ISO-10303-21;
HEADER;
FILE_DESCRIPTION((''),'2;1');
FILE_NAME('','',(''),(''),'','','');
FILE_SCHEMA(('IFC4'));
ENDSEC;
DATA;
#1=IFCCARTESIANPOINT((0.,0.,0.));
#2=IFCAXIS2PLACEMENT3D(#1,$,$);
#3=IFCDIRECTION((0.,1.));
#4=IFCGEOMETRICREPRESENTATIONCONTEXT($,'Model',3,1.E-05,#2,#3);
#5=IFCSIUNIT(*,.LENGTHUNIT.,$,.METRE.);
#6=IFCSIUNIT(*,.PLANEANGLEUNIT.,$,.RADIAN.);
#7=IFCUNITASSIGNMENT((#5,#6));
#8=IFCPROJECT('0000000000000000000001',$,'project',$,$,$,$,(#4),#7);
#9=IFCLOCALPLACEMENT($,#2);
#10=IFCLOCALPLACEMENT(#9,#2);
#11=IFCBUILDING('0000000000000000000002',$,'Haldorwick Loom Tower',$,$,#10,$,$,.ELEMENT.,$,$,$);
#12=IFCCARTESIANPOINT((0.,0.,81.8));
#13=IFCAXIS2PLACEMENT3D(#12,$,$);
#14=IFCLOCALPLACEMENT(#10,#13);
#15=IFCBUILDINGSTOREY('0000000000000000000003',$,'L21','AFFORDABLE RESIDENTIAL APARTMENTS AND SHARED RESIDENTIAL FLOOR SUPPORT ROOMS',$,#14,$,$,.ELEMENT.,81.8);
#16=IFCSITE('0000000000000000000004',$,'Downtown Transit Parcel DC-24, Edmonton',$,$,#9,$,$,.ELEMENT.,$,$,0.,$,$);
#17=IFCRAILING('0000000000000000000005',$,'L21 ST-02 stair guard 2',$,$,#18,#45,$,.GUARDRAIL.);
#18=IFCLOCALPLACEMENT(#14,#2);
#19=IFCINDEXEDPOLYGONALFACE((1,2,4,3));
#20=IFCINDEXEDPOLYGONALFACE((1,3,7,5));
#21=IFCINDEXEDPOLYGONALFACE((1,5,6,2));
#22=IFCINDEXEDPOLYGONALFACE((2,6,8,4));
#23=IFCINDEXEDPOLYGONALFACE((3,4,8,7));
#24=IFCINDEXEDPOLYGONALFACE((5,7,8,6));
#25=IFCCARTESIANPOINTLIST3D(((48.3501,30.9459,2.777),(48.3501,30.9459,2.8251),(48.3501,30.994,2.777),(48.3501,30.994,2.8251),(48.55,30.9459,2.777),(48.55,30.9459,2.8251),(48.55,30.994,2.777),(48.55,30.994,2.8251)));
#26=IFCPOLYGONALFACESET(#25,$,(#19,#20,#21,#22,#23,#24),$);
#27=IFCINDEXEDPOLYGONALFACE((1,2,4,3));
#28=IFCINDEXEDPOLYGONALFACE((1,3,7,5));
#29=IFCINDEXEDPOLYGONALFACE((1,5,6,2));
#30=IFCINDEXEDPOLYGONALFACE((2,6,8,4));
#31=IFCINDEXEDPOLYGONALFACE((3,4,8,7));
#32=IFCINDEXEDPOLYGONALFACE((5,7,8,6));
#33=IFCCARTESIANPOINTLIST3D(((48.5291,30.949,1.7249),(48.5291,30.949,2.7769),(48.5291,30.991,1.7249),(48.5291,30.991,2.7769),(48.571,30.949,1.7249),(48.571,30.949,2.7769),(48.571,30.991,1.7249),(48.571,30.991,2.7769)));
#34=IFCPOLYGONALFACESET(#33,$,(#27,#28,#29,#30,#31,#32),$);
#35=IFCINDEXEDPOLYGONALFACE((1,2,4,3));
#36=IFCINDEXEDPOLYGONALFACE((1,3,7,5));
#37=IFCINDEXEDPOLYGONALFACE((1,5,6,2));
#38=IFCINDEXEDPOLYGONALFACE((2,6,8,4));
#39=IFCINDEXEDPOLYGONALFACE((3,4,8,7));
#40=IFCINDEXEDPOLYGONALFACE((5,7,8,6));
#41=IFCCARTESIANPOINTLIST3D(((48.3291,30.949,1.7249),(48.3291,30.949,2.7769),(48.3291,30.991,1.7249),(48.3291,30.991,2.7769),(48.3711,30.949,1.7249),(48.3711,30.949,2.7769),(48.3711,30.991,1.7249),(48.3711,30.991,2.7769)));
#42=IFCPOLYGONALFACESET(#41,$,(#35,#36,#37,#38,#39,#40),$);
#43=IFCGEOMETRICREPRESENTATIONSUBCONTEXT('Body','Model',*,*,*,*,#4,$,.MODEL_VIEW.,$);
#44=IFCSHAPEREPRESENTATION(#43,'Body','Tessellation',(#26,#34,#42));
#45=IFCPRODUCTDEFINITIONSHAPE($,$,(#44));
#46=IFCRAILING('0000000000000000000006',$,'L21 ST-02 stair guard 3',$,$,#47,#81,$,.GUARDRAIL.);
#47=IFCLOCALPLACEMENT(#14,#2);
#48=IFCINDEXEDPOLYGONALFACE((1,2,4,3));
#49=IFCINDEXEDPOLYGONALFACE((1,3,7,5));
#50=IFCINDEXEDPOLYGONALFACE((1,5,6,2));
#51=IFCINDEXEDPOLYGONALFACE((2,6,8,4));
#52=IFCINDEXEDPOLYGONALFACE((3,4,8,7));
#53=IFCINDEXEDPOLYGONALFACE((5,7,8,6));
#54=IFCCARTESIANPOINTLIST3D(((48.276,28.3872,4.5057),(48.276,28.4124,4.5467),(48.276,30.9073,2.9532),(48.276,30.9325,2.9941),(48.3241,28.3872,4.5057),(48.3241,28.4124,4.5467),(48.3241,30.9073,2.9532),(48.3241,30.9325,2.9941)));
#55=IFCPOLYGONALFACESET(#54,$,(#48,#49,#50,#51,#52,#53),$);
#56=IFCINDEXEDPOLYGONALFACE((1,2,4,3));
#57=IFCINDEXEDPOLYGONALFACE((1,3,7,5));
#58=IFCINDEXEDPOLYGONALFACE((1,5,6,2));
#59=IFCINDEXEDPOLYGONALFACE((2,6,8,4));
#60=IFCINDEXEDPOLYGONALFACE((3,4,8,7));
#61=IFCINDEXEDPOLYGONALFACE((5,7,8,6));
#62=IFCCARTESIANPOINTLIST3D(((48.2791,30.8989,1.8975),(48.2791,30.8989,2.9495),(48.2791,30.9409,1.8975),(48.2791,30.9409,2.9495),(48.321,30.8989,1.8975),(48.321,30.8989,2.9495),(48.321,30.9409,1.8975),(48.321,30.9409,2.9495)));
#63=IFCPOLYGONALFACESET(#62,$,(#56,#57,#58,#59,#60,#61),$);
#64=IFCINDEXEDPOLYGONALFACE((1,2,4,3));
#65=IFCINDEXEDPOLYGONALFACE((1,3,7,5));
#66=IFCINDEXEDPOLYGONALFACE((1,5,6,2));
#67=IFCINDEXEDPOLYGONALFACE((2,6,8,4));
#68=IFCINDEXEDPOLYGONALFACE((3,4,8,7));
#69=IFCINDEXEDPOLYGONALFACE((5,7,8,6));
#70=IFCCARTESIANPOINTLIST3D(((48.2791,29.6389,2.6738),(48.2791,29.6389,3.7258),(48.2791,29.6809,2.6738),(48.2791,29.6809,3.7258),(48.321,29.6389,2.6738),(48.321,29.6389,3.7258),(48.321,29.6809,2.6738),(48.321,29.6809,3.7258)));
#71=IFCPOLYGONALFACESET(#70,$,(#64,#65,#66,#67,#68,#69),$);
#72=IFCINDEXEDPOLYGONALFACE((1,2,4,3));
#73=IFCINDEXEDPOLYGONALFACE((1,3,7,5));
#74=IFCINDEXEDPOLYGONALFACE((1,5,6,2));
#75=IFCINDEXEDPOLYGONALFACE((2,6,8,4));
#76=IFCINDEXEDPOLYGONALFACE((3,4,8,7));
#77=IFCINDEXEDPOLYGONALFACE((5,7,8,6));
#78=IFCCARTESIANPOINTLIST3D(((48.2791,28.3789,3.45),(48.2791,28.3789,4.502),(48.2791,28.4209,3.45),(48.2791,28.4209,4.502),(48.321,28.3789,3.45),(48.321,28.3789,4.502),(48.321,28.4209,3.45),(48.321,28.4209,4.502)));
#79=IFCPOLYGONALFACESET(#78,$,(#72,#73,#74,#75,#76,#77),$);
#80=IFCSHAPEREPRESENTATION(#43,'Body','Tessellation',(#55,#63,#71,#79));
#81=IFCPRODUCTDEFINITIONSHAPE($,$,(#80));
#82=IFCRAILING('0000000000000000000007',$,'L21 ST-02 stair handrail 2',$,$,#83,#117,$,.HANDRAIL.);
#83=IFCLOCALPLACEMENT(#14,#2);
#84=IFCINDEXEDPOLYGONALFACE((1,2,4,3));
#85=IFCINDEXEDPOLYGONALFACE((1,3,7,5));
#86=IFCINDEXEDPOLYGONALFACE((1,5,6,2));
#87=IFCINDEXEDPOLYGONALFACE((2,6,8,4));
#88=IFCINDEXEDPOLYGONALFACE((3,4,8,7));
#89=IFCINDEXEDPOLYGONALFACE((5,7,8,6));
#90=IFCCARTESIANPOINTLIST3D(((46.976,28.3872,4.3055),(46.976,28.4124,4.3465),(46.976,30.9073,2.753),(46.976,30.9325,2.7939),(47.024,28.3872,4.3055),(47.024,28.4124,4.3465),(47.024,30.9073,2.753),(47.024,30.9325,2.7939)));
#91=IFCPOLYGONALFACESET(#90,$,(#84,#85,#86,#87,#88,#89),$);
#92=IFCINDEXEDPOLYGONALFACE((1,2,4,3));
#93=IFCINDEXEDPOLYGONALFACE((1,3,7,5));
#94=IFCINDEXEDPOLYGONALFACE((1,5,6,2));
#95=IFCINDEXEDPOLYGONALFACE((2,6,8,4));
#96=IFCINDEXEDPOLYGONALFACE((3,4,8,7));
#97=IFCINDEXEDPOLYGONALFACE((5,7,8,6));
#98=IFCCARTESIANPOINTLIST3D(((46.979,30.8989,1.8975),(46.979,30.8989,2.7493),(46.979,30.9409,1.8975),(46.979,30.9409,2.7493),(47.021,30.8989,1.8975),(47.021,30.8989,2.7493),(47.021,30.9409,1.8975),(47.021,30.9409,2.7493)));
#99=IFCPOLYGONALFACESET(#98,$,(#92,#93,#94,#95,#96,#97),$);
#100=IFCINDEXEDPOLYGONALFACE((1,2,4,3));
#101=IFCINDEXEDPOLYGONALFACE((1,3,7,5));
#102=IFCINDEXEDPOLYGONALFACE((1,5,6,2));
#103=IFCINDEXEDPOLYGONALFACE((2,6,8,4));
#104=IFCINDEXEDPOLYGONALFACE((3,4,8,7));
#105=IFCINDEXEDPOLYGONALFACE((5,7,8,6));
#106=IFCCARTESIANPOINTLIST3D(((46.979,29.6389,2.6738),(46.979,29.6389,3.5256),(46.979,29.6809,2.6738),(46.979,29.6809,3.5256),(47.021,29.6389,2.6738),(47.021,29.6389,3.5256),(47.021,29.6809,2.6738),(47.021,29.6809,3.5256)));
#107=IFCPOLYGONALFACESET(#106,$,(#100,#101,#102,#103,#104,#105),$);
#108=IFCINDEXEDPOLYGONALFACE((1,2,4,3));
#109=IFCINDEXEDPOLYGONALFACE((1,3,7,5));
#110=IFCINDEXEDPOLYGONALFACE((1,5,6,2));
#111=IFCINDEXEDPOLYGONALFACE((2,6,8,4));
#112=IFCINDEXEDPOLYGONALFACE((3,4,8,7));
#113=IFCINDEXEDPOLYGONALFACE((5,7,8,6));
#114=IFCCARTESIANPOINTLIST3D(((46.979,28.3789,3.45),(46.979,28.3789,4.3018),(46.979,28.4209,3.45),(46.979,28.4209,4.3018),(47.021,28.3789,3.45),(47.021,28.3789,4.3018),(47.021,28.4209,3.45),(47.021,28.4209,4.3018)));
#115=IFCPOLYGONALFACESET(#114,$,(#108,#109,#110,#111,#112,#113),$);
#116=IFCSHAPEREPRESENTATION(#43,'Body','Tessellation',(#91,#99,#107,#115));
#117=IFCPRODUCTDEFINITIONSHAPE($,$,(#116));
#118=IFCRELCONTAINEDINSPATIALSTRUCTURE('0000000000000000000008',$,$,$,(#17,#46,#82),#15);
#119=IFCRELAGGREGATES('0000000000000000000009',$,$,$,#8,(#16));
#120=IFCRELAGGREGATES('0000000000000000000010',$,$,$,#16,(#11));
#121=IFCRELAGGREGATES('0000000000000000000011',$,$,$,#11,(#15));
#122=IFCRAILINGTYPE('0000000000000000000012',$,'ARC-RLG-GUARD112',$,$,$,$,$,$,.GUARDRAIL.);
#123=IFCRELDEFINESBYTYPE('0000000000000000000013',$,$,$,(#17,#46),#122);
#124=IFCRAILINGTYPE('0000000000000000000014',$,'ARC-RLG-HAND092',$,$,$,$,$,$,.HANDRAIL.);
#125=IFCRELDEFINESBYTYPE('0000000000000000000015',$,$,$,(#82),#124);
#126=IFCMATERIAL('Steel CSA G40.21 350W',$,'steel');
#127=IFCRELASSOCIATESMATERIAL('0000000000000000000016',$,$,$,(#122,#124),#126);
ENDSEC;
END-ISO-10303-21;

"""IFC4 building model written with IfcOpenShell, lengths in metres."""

from ifc_helpers import new_model, si_unit, direction, frame, origin, origin_2d, place, context, subcontext, project, spatial, rectangle, extrude, material, type_object, element, save


model = new_model("IFC4")

# Units and contexts
model_context = context("Model", 3, precision=1e-05, world=origin(), true_north=direction((0.0, 1.0)))
body_context = subcontext(model_context, "Body", "Model", "MODEL_VIEW")
ifc_project = project(units=[si_unit("LENGTHUNIT", "METRE"), si_unit("PLANEANGLEUNIT", "RADIAN")], contexts=[model_context])

# Site, building, storey
site_placement = place(None, origin())
site = spatial("IfcSite", under=ifc_project, at=site_placement, Name="Downtown Transit Parcel DC-24, Edmonton", CompositionType="ELEMENT", RefElevation=0.0)
building_placement = place(site_placement, origin())
building = spatial("IfcBuilding", under=site, at=building_placement, Name="Haldorwick Loom Tower", CompositionType="ELEMENT")
storey_placement = place(building_placement, frame((0.0, 0.0, 81.8)))
storey = spatial("IfcBuildingStorey", under=building, at=storey_placement, Name="L21", Description="AFFORDABLE RESIDENTIAL APARTMENTS AND SHARED RESIDENTIAL FLOOR SUPPORT ROOMS", CompositionType="ELEMENT", Elevation=81.8)

# Shared definitions
ifc_material_1 = material(Name="Steel CSA G40.21 350W", Category="steel")

# Railings
railing_type_1 = type_object("IfcRailingType", Name="ARC-RLG-GUARD112", PredefinedType="GUARDRAIL", material=ifc_material_1)
railing_1_placement = place(storey_placement, frame((48.55, 30.97, 1.7249)))
element("IfcRailing", 1, at=railing_1_placement, inside=storey, type_object=railing_type_1, Name="L21 ST-02 stair guard 2", PredefinedType="GUARDRAIL", context=body_context, shape_type="SweptSolid", body=[
    extrude(rectangle(XDim=0.0481, YDim=0.0481, at=origin_2d()), frame((0.0, 0.0, 1.0762), z_axis=(-1.0, 0.0, 0.0), x_axis=(0.0, -1.0, 0.0)), (0.0, 0.0, 1.0), 0.2),
    extrude(rectangle(XDim=0.042, YDim=0.042, at=origin_2d()), origin(), (0.0, 0.0, 1.0), 1.052),
    extrude(rectangle(XDim=0.042, YDim=0.042, at=origin_2d()), frame((-0.2, 0.0, 0.0)), (0.0, 0.0, 1.0), 1.052),
])
railing_2_placement = place(storey_placement, frame((48.3, 30.9199, 1.8975)))
element("IfcRailing", 2, at=railing_2_placement, inside=storey, type_object=railing_type_1, Name="L21 ST-02 stair guard 3", PredefinedType="GUARDRAIL", context=body_context, shape_type="SweptSolid", body=[
    extrude(rectangle(XDim=0.0481, YDim=0.0481, at=origin_2d()), frame((0.0, 0.0, 1.0762), z_axis=(0.0, -0.8514, 0.524516), x_axis=(1.0, 0.0, 0.0)), (0.0, 0.0, 1.0), 2.96),
    extrude(rectangle(XDim=0.042, YDim=0.042, at=origin_2d()), origin(), (0.0, 0.0, 1.0), 1.052),
    extrude(rectangle(XDim=0.042, YDim=0.042, at=origin_2d()), frame((0.0, -1.26, 0.7764)), (0.0, 0.0, 1.0), 1.052),
    extrude(rectangle(XDim=0.042, YDim=0.042, at=origin_2d()), frame((0.0, -2.52, 1.5525)), (0.0, 0.0, 1.0), 1.052),
])
railing_type_2 = type_object("IfcRailingType", Name="ARC-RLG-HAND092", PredefinedType="HANDRAIL", material=ifc_material_1)
railing_3_placement = place(storey_placement, frame((47.0, 30.9199, 1.8975)))
element("IfcRailing", 3, at=railing_3_placement, inside=storey, type_object=railing_type_2, Name="L21 ST-02 stair handrail 2", PredefinedType="HANDRAIL", context=body_context, shape_type="SweptSolid", body=[
    extrude(rectangle(XDim=0.0481, YDim=0.0481, at=origin_2d()), frame((0.0, 0.0, 0.876), z_axis=(0.0, -0.8514, 0.524516), x_axis=(1.0, 0.0, 0.0)), (0.0, 0.0, 1.0), 2.96),
    extrude(rectangle(XDim=0.042, YDim=0.042, at=origin_2d()), origin(), (0.0, 0.0, 1.0), 0.8518),
    extrude(rectangle(XDim=0.042, YDim=0.042, at=origin_2d()), frame((0.0, -1.26, 0.7764)), (0.0, 0.0, 1.0), 0.8518),
    extrude(rectangle(XDim=0.042, YDim=0.042, at=origin_2d()), frame((0.0, -2.52, 1.5525)), (0.0, 0.0, 1.0), 0.8518),
])

save(model, "model.ifc")
